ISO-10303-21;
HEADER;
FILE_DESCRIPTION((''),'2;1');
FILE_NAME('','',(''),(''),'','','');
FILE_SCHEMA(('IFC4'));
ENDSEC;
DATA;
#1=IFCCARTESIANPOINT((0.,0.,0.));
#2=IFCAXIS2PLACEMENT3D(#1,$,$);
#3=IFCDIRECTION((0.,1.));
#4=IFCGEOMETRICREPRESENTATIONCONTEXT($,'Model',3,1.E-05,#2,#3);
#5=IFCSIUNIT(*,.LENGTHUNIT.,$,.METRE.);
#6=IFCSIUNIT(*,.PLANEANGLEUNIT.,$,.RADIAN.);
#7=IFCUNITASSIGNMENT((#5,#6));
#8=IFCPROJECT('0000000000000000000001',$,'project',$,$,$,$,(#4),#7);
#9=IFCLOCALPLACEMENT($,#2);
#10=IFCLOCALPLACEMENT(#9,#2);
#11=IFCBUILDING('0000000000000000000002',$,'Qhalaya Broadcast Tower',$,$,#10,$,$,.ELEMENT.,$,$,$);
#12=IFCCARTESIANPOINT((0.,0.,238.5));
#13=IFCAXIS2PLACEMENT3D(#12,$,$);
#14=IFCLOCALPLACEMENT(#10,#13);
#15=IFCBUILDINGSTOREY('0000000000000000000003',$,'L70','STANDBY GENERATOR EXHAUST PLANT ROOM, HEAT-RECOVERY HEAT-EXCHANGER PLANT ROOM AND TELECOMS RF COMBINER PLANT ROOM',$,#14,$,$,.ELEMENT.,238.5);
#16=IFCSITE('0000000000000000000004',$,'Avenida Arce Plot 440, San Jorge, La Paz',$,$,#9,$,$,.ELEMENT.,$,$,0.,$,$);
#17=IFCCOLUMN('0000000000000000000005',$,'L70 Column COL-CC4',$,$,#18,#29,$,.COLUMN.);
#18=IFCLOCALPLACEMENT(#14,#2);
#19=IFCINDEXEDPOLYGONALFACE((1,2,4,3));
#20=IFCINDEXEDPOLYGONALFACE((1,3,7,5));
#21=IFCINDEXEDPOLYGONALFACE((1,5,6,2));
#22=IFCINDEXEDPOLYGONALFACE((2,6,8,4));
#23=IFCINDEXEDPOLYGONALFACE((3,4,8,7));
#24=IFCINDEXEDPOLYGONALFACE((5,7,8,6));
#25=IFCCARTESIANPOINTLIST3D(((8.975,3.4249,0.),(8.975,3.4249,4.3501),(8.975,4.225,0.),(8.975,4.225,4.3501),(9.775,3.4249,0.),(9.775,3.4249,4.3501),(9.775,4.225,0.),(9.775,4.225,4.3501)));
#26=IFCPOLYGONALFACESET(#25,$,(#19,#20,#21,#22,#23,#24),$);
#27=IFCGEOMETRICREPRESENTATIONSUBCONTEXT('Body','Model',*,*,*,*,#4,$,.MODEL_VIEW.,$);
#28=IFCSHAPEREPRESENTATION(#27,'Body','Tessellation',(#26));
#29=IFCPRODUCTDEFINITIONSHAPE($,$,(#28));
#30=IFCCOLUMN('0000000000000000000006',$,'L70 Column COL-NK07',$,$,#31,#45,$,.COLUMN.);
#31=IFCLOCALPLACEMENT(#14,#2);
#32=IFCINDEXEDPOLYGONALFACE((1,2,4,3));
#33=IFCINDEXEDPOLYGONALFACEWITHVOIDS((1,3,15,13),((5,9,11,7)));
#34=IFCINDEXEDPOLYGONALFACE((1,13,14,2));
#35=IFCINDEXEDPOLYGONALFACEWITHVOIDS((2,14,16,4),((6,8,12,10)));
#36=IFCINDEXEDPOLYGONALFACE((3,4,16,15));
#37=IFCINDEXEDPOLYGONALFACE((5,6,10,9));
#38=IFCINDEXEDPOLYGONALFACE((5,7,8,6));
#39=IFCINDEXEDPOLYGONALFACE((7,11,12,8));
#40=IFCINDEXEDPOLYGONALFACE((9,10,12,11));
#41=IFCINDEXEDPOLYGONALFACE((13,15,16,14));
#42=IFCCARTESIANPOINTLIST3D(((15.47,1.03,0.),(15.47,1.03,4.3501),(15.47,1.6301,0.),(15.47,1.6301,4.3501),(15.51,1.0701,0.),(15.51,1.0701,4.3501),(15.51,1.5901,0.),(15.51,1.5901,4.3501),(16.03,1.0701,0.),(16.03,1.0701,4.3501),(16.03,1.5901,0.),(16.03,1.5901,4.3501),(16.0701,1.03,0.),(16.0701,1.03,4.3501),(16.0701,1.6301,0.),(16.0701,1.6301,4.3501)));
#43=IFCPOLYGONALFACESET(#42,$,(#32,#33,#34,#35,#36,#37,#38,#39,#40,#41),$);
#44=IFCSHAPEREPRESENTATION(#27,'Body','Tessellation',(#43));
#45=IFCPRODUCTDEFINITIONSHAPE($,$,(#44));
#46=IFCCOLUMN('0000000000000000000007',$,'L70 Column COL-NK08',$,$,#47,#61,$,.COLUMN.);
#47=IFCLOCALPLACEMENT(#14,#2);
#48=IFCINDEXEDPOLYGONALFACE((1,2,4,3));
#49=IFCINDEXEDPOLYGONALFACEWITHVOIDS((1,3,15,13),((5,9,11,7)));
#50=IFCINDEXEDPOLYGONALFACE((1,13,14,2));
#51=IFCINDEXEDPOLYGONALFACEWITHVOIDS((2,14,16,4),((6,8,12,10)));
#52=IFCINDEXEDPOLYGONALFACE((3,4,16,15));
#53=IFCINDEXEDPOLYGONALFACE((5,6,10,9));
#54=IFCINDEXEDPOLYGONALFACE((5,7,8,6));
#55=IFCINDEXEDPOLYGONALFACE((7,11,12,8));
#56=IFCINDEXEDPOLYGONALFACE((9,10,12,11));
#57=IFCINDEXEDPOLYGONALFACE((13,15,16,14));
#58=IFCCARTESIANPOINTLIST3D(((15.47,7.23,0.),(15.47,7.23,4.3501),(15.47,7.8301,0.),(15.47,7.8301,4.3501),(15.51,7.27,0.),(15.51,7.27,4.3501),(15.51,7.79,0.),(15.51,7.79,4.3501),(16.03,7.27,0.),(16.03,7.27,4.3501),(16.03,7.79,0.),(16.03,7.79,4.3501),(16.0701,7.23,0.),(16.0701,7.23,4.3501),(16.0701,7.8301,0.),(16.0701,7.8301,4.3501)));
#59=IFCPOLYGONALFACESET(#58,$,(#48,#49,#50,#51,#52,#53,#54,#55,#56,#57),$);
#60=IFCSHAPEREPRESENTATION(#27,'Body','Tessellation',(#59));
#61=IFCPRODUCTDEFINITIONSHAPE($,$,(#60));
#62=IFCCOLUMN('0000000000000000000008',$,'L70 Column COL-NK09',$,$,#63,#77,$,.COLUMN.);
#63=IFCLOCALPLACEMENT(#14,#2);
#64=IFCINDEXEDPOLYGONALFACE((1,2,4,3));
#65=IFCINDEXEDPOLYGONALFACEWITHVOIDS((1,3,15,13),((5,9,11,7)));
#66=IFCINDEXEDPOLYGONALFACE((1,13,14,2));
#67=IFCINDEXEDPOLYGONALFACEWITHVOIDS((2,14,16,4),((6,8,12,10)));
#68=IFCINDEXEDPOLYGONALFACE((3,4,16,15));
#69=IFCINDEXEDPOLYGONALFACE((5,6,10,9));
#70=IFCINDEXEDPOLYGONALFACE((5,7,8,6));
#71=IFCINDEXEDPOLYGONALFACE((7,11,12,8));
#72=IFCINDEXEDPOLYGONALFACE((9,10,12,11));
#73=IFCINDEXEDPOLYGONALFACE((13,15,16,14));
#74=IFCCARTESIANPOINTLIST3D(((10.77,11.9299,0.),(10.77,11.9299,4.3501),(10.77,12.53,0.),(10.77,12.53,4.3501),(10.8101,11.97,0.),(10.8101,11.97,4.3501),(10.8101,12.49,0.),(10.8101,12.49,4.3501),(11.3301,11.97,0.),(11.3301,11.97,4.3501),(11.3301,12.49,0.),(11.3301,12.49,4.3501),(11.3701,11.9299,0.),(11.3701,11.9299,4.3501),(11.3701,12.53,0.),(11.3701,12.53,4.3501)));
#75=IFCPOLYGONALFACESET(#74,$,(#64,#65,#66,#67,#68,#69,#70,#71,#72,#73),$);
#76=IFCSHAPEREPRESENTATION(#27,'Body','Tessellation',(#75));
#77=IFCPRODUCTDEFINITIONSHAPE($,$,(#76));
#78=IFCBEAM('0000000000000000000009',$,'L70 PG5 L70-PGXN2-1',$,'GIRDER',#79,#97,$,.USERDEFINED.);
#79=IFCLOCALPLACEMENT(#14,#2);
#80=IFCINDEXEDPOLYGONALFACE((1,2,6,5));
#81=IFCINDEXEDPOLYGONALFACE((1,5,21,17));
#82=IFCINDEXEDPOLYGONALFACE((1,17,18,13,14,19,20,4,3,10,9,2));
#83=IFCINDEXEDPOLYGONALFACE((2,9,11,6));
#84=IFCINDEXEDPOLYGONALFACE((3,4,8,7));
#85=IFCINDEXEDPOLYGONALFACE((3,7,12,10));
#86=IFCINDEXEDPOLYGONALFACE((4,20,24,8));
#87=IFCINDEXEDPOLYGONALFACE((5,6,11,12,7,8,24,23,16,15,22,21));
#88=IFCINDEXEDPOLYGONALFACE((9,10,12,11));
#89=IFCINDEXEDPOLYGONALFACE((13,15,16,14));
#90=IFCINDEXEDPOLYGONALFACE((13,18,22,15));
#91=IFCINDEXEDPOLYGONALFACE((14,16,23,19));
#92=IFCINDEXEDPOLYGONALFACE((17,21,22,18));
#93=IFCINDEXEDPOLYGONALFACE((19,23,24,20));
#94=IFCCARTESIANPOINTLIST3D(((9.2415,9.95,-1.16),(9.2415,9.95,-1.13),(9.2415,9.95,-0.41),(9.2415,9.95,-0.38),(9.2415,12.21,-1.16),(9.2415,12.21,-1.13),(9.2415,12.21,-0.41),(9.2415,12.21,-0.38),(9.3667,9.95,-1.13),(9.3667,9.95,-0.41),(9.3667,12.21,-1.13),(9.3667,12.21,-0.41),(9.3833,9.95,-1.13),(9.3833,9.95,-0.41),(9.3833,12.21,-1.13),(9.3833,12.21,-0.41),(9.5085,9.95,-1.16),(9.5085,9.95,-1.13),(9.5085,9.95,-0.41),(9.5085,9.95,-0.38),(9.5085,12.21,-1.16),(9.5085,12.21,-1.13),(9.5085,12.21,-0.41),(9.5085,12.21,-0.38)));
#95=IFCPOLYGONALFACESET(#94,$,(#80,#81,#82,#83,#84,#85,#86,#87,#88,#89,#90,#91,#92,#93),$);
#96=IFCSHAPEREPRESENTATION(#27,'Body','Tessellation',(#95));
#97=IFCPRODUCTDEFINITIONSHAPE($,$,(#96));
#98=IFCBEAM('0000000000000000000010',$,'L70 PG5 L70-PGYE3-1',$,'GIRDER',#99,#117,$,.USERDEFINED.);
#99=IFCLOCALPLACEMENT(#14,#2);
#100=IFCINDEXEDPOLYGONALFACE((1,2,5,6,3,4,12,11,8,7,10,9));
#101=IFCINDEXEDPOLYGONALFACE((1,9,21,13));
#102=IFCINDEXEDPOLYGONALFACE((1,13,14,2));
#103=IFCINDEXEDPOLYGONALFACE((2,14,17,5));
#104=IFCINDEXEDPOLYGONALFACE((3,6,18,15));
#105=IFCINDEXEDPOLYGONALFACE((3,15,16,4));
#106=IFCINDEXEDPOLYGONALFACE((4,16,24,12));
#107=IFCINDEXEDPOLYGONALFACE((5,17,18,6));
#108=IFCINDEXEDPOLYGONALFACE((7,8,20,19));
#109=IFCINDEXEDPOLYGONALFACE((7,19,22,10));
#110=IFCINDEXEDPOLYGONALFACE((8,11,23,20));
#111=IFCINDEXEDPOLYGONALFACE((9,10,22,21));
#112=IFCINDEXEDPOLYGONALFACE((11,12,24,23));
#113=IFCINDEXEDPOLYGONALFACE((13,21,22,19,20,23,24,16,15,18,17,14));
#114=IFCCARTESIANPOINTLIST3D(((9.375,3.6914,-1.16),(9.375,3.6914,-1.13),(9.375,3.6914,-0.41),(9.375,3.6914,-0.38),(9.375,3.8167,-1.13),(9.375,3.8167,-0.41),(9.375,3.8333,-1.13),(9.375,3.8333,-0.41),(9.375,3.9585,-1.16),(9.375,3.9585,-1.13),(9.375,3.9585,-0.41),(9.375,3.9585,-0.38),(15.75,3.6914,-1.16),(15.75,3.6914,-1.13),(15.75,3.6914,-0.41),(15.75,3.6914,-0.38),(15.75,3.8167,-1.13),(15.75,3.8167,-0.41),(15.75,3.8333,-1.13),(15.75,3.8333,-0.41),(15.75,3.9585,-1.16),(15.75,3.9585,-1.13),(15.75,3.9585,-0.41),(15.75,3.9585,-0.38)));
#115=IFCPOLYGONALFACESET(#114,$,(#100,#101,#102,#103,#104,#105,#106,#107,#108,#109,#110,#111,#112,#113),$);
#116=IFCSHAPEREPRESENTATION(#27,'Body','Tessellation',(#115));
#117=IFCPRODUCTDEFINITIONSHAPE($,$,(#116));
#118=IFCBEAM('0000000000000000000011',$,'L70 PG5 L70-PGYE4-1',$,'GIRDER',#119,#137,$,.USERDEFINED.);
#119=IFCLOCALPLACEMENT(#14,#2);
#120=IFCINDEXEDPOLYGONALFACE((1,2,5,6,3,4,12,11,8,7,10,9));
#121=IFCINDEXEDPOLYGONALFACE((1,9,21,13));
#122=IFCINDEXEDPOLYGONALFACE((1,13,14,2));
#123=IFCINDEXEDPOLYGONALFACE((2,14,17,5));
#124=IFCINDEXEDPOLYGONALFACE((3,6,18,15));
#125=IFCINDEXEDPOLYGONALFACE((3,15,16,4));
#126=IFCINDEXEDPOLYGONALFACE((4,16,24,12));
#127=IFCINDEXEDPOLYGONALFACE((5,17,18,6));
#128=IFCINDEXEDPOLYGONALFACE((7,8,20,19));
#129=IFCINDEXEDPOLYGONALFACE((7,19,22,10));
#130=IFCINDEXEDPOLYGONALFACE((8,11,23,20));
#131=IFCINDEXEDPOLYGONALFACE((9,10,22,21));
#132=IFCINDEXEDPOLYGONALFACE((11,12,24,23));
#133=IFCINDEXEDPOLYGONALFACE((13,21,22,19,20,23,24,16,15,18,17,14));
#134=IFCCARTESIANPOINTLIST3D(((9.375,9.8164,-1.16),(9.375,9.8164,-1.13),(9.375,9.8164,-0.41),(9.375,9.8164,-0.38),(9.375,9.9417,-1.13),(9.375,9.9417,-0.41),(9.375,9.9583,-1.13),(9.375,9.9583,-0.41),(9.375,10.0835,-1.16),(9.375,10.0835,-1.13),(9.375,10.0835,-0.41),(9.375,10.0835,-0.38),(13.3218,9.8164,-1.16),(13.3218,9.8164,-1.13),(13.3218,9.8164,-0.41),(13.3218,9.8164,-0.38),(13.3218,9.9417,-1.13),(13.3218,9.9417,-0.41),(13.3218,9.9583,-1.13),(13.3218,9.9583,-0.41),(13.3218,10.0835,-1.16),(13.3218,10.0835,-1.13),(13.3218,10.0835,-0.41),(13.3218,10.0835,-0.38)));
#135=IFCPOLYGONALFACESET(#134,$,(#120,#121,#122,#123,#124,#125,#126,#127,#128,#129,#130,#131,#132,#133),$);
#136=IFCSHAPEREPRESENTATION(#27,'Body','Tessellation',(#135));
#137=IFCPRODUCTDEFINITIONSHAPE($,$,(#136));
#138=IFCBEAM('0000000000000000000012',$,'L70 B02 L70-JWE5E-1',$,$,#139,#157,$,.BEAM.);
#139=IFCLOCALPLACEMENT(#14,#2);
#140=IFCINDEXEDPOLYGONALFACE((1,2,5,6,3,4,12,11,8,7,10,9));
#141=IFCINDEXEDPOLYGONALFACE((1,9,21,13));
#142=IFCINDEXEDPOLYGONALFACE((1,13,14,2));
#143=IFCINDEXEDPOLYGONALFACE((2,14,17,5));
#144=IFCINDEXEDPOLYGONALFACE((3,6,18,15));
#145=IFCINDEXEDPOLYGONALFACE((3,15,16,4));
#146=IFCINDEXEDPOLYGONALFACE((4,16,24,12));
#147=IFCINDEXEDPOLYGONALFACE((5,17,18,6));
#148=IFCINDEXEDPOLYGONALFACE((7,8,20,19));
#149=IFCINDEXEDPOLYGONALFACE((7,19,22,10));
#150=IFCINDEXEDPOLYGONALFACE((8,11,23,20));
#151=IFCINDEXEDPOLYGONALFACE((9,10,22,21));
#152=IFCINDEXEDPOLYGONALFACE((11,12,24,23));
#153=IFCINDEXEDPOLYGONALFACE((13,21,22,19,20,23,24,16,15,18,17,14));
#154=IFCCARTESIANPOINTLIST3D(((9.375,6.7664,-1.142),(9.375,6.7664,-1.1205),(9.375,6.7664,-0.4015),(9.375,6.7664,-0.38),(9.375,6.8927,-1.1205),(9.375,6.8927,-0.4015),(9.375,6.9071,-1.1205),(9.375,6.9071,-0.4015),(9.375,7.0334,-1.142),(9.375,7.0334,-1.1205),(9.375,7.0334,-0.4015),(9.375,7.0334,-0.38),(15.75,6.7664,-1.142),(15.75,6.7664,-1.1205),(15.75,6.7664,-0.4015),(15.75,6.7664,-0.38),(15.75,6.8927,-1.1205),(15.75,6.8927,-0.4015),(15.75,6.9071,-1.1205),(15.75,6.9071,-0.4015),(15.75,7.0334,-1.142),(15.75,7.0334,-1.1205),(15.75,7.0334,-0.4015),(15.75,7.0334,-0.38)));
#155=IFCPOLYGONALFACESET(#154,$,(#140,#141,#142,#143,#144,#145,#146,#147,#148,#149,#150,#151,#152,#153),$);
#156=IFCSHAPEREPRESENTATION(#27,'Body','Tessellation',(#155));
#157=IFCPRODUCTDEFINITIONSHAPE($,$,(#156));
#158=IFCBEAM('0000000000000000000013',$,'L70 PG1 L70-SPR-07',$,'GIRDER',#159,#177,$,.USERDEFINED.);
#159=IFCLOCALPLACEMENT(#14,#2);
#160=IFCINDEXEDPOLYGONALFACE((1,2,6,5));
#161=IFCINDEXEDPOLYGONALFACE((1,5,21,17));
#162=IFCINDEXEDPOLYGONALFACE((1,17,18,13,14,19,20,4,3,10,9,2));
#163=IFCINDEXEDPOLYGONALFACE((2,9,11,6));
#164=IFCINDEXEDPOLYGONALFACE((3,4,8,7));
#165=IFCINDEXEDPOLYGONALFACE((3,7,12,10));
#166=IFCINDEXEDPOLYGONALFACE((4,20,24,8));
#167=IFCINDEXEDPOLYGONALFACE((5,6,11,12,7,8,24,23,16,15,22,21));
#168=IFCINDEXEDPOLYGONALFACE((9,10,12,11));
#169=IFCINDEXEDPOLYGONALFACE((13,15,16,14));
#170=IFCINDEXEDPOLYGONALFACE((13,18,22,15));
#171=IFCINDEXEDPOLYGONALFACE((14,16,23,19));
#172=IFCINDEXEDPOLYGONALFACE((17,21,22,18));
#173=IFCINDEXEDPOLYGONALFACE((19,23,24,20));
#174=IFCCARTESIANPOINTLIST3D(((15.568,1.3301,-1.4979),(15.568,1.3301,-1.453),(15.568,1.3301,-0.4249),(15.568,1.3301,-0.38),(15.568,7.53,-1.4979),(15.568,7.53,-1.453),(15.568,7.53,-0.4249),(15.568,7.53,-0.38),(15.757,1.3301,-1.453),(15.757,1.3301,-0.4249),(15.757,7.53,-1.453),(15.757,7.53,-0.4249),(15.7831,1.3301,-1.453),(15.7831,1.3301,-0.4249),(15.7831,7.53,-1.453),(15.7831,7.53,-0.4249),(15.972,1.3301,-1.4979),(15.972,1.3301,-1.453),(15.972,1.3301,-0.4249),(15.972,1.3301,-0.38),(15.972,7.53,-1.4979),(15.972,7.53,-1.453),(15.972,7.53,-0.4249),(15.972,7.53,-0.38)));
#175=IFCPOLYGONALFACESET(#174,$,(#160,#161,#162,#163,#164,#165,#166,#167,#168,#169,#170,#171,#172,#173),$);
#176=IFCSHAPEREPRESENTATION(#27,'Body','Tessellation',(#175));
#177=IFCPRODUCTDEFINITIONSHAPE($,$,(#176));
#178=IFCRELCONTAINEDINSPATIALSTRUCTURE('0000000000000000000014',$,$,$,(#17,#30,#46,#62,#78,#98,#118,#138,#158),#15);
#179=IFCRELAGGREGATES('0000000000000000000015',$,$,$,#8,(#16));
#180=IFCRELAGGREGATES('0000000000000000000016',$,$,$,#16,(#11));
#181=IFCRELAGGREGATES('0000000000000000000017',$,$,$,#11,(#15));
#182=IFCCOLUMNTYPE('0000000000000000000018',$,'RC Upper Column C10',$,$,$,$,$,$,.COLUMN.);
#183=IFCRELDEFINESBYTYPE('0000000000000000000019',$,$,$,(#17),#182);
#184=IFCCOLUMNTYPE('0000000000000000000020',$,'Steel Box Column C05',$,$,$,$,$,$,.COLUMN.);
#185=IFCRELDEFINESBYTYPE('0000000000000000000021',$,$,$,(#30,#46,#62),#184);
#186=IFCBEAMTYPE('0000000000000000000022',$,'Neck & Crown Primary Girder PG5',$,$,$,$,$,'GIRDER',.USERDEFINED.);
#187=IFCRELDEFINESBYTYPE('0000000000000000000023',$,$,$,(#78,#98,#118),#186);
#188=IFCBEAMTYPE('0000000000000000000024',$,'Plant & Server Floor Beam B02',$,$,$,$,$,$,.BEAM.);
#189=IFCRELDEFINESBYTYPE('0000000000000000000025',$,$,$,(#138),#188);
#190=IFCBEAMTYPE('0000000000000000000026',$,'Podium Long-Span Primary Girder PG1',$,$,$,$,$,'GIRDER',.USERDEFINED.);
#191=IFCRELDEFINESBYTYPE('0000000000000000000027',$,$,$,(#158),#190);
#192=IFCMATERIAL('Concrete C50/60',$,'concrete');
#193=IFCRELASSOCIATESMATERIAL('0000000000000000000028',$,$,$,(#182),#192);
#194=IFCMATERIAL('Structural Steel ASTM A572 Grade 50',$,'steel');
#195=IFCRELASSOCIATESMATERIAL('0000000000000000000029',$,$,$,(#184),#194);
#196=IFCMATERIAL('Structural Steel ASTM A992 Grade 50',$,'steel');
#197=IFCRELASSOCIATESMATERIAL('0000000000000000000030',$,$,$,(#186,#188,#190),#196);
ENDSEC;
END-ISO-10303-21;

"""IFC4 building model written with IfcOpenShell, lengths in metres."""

from ifc_helpers import new_model, si_unit, direction, frame, origin, origin_2d, place, context, subcontext, project, spatial, rectangle, hollow_rectangle, i_section, extrude, material, material_profile, profile_set, type_object, element, save


model = new_model("IFC4")

# Units and contexts
model_context = context("Model", 3, precision=1e-05, world=origin(), true_north=direction((0.0, 1.0)))
body_context = subcontext(model_context, "Body", "Model", "MODEL_VIEW")
ifc_project = project(units=[si_unit("LENGTHUNIT", "METRE"), si_unit("PLANEANGLEUNIT", "RADIAN")], contexts=[model_context])

# Site, building, storey
site_placement = place(None, origin())
site = spatial("IfcSite", under=ifc_project, at=site_placement, Name="Avenida Arce Plot 440, San Jorge, La Paz", CompositionType="ELEMENT", RefElevation=0.0)
building_placement = place(site_placement, origin())
building = spatial("IfcBuilding", under=site, at=building_placement, Name="Qhalaya Broadcast Tower", CompositionType="ELEMENT")
storey_placement = place(building_placement, frame((0.0, 0.0, 238.5)))
storey = spatial("IfcBuildingStorey", under=building, at=storey_placement, Name="L70", Description="STANDBY GENERATOR EXHAUST PLANT ROOM, HEAT-RECOVERY HEAT-EXCHANGER PLANT ROOM AND TELECOMS RF COMBINER PLANT ROOM", CompositionType="ELEMENT", Elevation=238.5)

# Columns
ifc_material_1 = material(Name="Concrete C50/60", Category="concrete")
ifc_material_profile_1 = material_profile(ifc_material_1, rectangle(XDim=0.8, YDim=0.8, at=origin_2d()), Name="RC-COL 800x800")
ifc_profile_set_1 = profile_set([ifc_material_profile_1], Name="Concrete C50/60")
column_type_1 = type_object("IfcColumnType", Name="RC Upper Column C10", PredefinedType="COLUMN", material=ifc_profile_set_1)
column_placement = place(storey_placement, frame((9.375, 3.825, 0.0), z_axis=(0.0, 0.0, 1.0), x_axis=(1.0, 0.0, 0.0)))
element("IfcColumn", 1, at=column_placement, inside=storey, type_object=column_type_1, Name="L70 Column COL-CC4", PredefinedType="COLUMN", context=body_context, shape_type="SweptSolid", body=[
    extrude(rectangle(XDim=0.8, YDim=0.8, at=origin_2d()), origin(), (0.0, 0.0, 1.0), 4.3501),
])
ifc_material_2 = material(Name="Structural Steel ASTM A572 Grade 50", Category="steel")
ifc_material_profile_2 = material_profile(ifc_material_2, hollow_rectangle(XDim=0.6001, YDim=0.6001, WallThickness=0.04, at=origin_2d()), Name="BOX 600x600x40")
ifc_profile_set_2 = profile_set([ifc_material_profile_2], Name="Structural Steel ASTM A572 Grade 50")
column_type_2 = type_object("IfcColumnType", Name="Steel Box Column C05", PredefinedType="COLUMN", material=ifc_profile_set_2)
for number, where, z_axis, x_axis, name in (
    (2, (15.77, 1.3301, 0.0), (0.0, 0.0, 1.0), (0.0, 1.0, 0.0), "L70 Column COL-NK07"),
    (3, (15.77, 7.53, 0.0), (0.0, 0.0, 1.0), (0.0, 1.0, 0.0), "L70 Column COL-NK08"),
    (4, (11.0701, 12.23, 0.0), (0.0, 0.0, 1.0), (1.0, 0.0, 0.0), "L70 Column COL-NK09"),
):
    element("IfcColumn", number, at=place(storey_placement, frame(where, z_axis=z_axis, x_axis=x_axis)), inside=storey, type_object=column_type_2, Name=name, PredefinedType="COLUMN", context=body_context, shape_type="SweptSolid", body=[
        extrude(hollow_rectangle(XDim=0.6001, YDim=0.6001, WallThickness=0.04, at=origin_2d()), origin(), (0.0, 0.0, 1.0), 4.3501),
    ])

# Beams
ifc_material_3 = material(Name="Structural Steel ASTM A992 Grade 50", Category="steel")
ifc_material_profile_3 = material_profile(ifc_material_3, i_section(OverallWidth=0.2671, OverallDepth=0.78, WebThickness=0.0166, FlangeThickness=0.03, at=origin_2d()), Name="W30X148")
ifc_profile_set_3 = profile_set([ifc_material_profile_3], Name="Structural Steel ASTM A992 Grade 50")
beam_type_1 = type_object("IfcBeamType", Name="Neck & Crown Primary Girder PG5", ElementType="GIRDER", PredefinedType="USERDEFINED", material=ifc_profile_set_3)
beam_1_placement = place(storey_placement, frame((9.375, 9.95, -0.77), z_axis=(0.0, 1.0, 0.0), x_axis=(-1.0, 0.0, 0.0)))
element("IfcBeam", 5, at=beam_1_placement, inside=storey, type_object=beam_type_1, Name="L70 PG5 L70-PGXN2-1", ObjectType="GIRDER", PredefinedType="USERDEFINED", context=body_context, shape_type="SweptSolid", body=[
    extrude(i_section(OverallWidth=0.2671, OverallDepth=0.78, WebThickness=0.0166, FlangeThickness=0.03, at=origin_2d()), origin(), (0.0, 0.0, 1.0), 2.26),
])
beam_2_placement = place(storey_placement, frame((9.375, 3.825, -0.77), z_axis=(1.0, 0.0, 0.0), x_axis=(0.0, 1.0, 0.0)))
element("IfcBeam", 6, at=beam_2_placement, inside=storey, type_object=beam_type_1, Name="L70 PG5 L70-PGYE3-1", ObjectType="GIRDER", PredefinedType="USERDEFINED", context=body_context, shape_type="SweptSolid", body=[
    extrude(i_section(OverallWidth=0.2671, OverallDepth=0.78, WebThickness=0.0166, FlangeThickness=0.03, at=origin_2d()), origin(), (0.0, 0.0, 1.0), 6.375),
])
beam_3_placement = place(storey_placement, frame((9.375, 9.95, -0.77), z_axis=(1.0, 0.0, 0.0), x_axis=(0.0, 1.0, 0.0)))
element("IfcBeam", 7, at=beam_3_placement, inside=storey, type_object=beam_type_1, Name="L70 PG5 L70-PGYE4-1", ObjectType="GIRDER", PredefinedType="USERDEFINED", context=body_context, shape_type="SweptSolid", body=[
    extrude(i_section(OverallWidth=0.2671, OverallDepth=0.78, WebThickness=0.0166, FlangeThickness=0.03, at=origin_2d()), origin(), (0.0, 0.0, 1.0), 3.9468),
])
ifc_material_profile_4 = material_profile(ifc_material_3, i_section(OverallWidth=0.2671, OverallDepth=0.762, WebThickness=0.0144, FlangeThickness=0.0215, at=origin_2d()), Name="W30X116")
ifc_profile_set_4 = profile_set([ifc_material_profile_4], Name="Structural Steel ASTM A992 Grade 50")
beam_type_2 = type_object("IfcBeamType", Name="Plant & Server Floor Beam B02", PredefinedType="BEAM", material=ifc_profile_set_4)
beam_4_placement = place(storey_placement, frame((9.375, 6.8999, -0.761), z_axis=(1.0, 0.0, 0.0), x_axis=(0.0, 1.0, 0.0)))
element("IfcBeam", 8, at=beam_4_placement, inside=storey, type_object=beam_type_2, Name="L70 B02 L70-JWE5E-1", PredefinedType="BEAM", context=body_context, shape_type="SweptSolid", body=[
    extrude(i_section(OverallWidth=0.2671, OverallDepth=0.762, WebThickness=0.0144, FlangeThickness=0.0215, at=origin_2d()), origin(), (0.0, 0.0, 1.0), 6.375),
])
ifc_material_profile_5 = material_profile(ifc_material_3, i_section(OverallWidth=0.4041, OverallDepth=1.1179, WebThickness=0.0261, FlangeThickness=0.0449, at=origin_2d()), Name="W44X335")
ifc_profile_set_5 = profile_set([ifc_material_profile_5], Name="Structural Steel ASTM A992 Grade 50")
beam_type_3 = type_object("IfcBeamType", Name="Podium Long-Span Primary Girder PG1", ElementType="GIRDER", PredefinedType="USERDEFINED", material=ifc_profile_set_5)
beam_5_placement = place(storey_placement, frame((15.77, 1.3301, -0.939), z_axis=(0.0, 1.0, 0.0), x_axis=(-1.0, 0.0, 0.0)))
element("IfcBeam", 9, at=beam_5_placement, inside=storey, type_object=beam_type_3, Name="L70 PG1 L70-SPR-07", ObjectType="GIRDER", PredefinedType="USERDEFINED", context=body_context, shape_type="SweptSolid", body=[
    extrude(i_section(OverallWidth=0.4041, OverallDepth=1.1179, WebThickness=0.0261, FlangeThickness=0.0449, at=origin_2d()), origin(), (0.0, 0.0, 1.0), 6.2),
])

save(model, "model.ifc")
